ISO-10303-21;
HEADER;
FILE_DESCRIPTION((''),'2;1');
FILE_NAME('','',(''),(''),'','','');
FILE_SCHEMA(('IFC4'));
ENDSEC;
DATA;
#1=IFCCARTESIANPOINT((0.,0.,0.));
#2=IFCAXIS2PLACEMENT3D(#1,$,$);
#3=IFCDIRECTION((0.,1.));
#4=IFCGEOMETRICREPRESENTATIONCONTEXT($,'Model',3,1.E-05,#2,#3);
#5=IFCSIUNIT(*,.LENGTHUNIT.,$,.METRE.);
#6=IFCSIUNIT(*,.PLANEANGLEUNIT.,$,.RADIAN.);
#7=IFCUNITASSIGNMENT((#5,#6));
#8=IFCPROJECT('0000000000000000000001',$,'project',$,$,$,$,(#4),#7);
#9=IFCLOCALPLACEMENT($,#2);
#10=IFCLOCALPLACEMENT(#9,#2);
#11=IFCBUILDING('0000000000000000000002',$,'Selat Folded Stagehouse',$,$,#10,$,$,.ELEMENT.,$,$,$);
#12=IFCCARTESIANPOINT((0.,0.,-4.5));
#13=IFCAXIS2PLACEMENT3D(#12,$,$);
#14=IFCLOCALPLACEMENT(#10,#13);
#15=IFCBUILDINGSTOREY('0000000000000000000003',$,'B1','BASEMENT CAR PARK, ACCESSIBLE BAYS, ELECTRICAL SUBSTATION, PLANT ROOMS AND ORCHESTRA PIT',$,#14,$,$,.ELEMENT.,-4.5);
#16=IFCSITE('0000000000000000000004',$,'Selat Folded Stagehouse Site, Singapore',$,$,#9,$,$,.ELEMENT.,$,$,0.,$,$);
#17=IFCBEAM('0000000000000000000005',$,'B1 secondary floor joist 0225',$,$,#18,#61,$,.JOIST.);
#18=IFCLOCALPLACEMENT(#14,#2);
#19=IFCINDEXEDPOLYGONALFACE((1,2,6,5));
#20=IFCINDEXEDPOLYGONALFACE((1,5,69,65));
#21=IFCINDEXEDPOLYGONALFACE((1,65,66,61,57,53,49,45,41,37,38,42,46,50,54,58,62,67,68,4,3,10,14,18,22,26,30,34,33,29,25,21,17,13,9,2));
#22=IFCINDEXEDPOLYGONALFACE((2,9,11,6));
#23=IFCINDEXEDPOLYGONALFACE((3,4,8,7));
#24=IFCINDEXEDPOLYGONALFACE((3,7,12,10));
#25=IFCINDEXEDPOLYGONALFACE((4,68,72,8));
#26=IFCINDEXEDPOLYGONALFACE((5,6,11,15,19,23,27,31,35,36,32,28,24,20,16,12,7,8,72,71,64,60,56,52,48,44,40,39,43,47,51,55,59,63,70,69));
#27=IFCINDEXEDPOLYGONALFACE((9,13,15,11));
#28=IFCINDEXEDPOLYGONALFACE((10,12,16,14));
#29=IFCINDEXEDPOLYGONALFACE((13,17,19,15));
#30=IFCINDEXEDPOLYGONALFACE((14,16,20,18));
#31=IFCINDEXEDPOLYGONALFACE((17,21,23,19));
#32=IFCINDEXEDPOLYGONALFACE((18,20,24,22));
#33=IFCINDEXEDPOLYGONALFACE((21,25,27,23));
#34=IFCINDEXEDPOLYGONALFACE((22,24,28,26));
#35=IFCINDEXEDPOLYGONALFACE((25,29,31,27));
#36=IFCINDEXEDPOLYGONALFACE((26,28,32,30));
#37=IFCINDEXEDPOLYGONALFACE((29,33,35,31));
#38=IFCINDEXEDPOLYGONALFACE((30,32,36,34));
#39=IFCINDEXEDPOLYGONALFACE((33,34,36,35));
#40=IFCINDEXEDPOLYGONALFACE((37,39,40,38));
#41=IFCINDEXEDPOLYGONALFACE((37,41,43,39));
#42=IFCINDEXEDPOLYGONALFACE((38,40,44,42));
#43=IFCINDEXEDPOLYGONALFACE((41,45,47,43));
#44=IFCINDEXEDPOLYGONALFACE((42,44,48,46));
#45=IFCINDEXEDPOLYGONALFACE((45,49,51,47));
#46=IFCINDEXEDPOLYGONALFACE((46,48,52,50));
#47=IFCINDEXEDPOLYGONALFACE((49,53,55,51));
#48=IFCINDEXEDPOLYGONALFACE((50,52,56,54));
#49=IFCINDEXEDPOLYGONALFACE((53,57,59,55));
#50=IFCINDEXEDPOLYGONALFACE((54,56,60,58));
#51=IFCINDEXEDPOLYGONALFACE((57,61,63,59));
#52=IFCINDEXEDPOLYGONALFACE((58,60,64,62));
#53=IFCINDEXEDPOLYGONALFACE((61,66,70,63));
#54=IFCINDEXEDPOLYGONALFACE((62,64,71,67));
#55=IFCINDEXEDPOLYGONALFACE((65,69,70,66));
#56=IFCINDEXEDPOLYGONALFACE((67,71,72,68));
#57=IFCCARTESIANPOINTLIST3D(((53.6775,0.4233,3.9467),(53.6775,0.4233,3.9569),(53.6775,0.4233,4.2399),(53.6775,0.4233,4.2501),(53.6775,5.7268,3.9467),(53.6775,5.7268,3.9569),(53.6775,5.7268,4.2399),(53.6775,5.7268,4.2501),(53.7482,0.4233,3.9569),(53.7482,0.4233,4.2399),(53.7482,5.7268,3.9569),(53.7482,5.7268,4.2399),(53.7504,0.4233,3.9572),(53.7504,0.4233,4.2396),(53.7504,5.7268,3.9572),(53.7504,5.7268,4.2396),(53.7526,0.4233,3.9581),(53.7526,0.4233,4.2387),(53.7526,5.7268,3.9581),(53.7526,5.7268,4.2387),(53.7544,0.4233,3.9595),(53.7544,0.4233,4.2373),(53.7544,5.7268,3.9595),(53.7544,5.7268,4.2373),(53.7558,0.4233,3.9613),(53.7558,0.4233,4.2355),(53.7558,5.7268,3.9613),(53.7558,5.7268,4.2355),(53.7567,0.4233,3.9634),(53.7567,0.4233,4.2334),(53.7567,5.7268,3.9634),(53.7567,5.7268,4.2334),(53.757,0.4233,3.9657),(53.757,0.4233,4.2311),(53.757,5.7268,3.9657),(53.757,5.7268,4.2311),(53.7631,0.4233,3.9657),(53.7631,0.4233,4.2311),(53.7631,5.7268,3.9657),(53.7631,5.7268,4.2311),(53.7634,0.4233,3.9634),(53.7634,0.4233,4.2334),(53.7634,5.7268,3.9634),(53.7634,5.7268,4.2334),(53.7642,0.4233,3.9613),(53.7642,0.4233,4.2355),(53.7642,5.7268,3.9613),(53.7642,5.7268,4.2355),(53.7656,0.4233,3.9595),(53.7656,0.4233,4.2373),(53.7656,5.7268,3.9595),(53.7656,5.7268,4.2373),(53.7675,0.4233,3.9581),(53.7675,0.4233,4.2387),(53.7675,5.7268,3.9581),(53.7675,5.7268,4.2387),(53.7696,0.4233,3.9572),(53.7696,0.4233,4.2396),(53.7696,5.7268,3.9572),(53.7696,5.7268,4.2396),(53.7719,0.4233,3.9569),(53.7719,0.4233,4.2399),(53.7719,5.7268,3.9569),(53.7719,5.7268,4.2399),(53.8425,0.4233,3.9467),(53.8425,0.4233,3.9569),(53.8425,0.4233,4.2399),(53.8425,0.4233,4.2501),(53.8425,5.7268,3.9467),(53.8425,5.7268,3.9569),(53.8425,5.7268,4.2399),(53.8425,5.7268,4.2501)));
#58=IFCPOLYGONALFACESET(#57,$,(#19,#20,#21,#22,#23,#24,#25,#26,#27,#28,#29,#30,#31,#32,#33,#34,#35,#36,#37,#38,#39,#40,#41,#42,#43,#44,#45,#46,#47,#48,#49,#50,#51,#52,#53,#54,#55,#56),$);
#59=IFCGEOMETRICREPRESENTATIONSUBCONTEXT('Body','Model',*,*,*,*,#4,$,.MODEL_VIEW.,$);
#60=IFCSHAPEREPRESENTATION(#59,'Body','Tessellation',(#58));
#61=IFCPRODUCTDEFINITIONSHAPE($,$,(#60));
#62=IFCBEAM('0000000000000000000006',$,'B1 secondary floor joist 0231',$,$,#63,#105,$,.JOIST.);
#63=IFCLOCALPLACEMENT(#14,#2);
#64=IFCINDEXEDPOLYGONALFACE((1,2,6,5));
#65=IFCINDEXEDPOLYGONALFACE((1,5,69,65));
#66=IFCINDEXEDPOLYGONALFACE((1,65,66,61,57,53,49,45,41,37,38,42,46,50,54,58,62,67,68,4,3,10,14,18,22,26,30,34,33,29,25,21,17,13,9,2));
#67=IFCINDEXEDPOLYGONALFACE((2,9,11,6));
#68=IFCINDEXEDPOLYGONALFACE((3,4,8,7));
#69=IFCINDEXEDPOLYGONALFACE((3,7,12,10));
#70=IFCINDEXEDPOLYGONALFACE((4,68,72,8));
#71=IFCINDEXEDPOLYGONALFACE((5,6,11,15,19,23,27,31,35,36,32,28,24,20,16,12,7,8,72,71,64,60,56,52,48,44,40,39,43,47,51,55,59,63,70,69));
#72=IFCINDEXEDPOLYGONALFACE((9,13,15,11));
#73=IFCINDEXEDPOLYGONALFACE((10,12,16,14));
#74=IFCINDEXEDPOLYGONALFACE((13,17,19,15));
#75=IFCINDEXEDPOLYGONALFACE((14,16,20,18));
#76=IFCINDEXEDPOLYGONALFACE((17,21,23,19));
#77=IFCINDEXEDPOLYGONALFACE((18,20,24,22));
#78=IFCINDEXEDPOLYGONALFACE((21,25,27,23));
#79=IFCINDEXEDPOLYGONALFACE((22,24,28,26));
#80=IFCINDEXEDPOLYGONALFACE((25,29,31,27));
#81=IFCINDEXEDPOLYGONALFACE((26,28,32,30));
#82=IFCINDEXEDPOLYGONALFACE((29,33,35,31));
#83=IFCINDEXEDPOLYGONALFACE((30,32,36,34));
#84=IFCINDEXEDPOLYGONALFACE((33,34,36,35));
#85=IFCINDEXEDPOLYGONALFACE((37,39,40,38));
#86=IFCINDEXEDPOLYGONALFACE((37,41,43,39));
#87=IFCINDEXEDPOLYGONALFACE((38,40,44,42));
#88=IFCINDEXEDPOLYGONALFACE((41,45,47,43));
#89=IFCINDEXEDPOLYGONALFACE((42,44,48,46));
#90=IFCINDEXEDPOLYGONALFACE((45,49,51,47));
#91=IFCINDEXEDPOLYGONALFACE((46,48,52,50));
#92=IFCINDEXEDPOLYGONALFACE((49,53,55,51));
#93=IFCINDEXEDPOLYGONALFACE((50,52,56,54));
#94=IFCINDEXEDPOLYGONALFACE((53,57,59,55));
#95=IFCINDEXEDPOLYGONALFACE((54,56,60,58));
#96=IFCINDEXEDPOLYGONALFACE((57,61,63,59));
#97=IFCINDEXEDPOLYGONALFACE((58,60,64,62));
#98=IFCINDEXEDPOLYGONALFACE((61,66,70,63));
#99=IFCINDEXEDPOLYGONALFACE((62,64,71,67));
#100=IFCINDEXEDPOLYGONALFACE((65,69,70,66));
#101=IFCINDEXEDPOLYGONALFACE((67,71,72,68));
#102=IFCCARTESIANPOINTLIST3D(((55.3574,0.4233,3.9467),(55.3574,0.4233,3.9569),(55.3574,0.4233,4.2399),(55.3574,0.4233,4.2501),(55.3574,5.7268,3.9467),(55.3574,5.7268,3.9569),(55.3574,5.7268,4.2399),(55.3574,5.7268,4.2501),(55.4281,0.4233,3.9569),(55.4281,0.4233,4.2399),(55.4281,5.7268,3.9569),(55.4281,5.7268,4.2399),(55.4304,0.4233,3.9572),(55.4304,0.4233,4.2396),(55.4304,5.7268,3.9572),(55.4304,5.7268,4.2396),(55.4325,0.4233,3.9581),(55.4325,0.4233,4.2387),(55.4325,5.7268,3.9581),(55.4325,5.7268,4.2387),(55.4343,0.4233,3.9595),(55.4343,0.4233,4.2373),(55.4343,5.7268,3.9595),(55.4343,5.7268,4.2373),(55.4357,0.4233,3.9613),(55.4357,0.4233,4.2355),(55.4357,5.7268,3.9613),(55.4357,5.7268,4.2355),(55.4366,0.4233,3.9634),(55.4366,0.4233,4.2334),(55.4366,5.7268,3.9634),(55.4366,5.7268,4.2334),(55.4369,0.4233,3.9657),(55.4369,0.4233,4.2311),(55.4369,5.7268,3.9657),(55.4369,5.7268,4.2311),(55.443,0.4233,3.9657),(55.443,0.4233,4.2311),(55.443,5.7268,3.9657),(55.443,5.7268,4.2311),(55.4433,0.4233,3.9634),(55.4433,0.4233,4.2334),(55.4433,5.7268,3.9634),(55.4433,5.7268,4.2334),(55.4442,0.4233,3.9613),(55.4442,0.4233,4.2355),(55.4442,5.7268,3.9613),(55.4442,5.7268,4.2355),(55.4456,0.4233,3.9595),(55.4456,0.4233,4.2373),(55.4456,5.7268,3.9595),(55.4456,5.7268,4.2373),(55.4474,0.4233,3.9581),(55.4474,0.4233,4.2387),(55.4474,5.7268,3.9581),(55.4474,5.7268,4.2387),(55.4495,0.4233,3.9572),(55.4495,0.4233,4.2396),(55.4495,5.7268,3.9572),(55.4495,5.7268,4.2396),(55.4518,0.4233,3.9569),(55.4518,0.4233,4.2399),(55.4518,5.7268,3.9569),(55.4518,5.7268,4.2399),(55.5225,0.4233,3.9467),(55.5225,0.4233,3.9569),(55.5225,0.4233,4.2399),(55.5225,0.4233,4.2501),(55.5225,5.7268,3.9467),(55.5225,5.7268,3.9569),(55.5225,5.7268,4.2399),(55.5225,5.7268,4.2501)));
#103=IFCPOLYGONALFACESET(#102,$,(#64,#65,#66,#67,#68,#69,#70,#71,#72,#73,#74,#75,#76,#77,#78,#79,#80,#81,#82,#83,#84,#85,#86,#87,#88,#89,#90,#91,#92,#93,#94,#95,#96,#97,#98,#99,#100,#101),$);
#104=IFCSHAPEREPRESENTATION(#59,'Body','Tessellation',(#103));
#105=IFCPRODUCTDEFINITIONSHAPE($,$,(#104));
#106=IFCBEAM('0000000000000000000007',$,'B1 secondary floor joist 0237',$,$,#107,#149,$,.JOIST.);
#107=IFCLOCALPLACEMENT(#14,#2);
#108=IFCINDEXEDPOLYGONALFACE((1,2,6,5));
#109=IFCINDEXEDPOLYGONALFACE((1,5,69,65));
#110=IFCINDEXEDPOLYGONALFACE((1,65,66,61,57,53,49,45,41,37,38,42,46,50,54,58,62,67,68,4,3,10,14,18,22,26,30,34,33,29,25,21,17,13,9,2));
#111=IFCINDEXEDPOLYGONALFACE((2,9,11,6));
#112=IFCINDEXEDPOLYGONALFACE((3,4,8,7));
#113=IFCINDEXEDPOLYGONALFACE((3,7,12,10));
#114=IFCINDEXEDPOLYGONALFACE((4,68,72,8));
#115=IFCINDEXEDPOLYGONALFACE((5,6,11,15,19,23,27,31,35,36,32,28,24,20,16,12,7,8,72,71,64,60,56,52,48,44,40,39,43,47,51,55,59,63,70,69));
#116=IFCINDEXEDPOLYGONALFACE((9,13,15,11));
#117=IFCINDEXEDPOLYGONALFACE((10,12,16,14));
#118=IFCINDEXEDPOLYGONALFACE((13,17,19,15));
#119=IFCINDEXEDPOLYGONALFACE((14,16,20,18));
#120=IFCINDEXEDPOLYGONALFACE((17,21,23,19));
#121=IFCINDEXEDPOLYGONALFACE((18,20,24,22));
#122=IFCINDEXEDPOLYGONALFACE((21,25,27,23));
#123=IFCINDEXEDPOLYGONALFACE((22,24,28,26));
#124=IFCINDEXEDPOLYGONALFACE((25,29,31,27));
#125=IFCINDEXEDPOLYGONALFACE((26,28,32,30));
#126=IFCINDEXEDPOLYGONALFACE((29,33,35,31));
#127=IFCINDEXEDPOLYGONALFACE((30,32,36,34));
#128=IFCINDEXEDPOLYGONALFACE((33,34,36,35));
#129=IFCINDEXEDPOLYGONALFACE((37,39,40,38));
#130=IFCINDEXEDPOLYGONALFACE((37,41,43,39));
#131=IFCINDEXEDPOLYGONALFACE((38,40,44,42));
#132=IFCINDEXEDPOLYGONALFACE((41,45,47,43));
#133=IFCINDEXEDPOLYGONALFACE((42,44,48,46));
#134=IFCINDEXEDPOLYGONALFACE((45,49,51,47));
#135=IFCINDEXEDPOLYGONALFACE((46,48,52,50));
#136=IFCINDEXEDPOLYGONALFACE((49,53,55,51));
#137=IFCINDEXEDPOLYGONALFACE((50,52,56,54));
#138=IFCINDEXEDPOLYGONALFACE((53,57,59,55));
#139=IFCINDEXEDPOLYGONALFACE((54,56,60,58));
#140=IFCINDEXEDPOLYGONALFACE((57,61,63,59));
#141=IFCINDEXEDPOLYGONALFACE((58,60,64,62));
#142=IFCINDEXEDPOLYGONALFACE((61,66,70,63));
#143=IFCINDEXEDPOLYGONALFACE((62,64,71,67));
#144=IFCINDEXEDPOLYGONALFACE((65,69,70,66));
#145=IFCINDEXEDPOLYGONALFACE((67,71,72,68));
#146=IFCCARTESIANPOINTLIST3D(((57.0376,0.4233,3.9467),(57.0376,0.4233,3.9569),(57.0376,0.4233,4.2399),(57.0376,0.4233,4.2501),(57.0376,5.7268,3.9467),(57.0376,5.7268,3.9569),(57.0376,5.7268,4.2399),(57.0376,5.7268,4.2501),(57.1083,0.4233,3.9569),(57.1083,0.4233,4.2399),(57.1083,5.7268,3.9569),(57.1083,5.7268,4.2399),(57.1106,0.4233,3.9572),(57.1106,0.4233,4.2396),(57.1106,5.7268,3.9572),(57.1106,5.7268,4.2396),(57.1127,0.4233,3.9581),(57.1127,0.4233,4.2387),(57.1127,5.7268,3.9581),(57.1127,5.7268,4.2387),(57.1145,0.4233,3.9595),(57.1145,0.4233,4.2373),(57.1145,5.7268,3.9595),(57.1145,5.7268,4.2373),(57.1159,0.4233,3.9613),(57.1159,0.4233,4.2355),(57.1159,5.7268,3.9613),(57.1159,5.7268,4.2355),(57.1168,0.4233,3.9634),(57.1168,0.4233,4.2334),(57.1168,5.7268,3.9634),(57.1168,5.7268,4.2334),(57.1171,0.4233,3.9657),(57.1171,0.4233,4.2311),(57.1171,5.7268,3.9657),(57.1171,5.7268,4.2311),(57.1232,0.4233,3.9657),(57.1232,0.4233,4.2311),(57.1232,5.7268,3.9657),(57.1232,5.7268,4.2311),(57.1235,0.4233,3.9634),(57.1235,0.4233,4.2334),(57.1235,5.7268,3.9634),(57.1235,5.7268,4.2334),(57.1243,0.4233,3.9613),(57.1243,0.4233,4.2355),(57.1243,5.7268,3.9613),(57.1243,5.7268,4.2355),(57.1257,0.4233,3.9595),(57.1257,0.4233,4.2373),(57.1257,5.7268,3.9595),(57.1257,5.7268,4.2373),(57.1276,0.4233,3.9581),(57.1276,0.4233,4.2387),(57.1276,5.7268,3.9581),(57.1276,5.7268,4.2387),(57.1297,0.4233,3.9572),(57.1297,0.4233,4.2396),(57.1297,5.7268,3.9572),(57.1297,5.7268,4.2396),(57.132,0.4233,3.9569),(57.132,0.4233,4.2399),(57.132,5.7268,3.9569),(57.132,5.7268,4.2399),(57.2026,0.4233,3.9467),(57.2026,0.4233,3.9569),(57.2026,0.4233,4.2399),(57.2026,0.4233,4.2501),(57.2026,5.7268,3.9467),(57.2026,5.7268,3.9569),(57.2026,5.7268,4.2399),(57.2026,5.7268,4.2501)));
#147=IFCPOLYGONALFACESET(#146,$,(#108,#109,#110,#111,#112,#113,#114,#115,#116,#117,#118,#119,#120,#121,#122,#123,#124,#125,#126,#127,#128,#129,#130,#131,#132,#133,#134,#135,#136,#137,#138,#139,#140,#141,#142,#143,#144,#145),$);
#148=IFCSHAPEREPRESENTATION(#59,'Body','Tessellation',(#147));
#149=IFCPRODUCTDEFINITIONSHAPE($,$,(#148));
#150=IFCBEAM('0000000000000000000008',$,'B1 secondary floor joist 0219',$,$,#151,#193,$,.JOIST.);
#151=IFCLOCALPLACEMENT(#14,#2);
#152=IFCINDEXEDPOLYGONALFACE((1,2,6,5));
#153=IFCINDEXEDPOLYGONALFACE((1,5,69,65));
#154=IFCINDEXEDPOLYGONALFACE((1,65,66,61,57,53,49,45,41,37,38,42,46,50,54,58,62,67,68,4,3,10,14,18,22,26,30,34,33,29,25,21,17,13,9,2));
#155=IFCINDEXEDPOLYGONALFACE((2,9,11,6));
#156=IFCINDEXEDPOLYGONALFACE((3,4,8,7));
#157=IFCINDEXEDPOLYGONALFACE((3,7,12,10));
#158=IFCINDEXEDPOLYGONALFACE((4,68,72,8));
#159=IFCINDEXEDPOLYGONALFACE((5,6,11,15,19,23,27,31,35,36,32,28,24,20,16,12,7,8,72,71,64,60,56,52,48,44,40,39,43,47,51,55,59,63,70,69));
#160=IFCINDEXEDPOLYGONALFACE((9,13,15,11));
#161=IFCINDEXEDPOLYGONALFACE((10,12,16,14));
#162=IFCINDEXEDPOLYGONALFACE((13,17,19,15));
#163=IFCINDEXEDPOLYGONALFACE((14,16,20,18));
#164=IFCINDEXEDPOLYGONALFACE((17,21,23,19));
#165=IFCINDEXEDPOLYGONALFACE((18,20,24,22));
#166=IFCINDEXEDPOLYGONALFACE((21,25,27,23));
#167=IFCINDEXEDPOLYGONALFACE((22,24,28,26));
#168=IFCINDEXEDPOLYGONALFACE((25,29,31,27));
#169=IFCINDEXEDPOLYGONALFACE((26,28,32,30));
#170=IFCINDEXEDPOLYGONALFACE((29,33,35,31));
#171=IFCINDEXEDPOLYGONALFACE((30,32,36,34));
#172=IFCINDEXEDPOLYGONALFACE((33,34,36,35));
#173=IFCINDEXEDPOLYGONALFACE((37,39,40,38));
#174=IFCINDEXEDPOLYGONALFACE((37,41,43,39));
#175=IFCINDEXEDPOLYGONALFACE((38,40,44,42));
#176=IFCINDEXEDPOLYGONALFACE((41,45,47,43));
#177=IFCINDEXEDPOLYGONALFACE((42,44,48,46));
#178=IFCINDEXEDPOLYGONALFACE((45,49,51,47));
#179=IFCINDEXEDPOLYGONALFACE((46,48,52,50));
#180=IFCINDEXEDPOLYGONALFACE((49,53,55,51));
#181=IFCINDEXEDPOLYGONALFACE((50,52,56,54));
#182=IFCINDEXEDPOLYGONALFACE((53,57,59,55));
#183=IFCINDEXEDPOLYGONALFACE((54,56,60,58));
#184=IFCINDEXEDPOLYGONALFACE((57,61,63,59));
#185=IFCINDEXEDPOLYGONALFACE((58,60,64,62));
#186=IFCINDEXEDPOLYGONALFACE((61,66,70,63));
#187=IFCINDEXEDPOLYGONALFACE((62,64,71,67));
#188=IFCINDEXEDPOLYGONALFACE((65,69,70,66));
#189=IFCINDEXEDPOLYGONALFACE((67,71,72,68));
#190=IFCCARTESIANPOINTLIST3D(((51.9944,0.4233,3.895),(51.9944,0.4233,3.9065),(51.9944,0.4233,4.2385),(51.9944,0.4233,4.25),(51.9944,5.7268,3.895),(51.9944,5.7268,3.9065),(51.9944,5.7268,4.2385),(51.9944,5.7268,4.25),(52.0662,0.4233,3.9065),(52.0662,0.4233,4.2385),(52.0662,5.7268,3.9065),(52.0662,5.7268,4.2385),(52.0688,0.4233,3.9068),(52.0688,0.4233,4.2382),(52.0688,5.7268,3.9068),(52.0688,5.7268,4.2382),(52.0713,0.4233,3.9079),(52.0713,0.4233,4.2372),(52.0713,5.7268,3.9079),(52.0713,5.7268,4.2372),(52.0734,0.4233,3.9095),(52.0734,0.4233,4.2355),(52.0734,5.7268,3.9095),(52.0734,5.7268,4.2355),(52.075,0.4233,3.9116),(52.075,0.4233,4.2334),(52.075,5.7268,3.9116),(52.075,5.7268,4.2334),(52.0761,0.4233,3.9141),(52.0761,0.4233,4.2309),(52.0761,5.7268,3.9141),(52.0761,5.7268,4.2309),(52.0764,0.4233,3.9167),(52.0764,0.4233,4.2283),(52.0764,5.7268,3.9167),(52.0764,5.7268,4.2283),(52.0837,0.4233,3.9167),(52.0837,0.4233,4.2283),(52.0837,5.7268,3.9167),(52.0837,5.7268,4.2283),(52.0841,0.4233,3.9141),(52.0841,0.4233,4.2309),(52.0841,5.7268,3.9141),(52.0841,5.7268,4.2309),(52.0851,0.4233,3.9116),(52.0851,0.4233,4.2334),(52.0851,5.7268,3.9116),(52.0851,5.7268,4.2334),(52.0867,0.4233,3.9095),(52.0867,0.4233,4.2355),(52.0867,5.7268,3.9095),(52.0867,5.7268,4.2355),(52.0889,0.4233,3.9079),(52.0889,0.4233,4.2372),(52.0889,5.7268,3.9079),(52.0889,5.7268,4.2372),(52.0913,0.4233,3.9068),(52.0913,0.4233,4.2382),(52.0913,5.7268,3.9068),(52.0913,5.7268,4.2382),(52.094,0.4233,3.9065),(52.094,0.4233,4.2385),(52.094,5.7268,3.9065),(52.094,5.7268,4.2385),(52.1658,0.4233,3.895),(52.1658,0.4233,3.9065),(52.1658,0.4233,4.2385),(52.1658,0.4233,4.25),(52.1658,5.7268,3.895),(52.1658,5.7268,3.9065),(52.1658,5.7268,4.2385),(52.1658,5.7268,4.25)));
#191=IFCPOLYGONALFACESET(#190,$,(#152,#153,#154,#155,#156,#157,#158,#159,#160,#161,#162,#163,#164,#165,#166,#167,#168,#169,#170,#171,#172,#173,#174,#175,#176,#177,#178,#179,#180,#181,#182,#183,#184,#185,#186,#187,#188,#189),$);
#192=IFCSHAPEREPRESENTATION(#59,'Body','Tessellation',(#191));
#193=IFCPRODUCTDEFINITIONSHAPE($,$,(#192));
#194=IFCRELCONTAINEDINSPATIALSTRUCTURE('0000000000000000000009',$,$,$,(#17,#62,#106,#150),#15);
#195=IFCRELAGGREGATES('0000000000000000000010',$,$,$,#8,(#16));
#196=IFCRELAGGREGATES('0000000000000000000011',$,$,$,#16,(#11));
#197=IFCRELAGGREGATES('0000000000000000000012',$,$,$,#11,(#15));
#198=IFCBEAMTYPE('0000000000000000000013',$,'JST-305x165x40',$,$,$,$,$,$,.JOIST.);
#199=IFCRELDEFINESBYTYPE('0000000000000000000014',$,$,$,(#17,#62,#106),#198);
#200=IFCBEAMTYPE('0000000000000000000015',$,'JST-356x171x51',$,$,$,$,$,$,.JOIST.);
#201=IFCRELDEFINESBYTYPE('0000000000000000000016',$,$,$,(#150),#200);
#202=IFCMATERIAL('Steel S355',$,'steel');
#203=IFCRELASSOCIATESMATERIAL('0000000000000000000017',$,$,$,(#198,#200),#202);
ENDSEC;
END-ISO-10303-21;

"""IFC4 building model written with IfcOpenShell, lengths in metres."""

from ifc_helpers import new_model, si_unit, direction, frame, origin, origin_2d, place, context, subcontext, project, spatial, i_section, extrude, material, material_profile, profile_set, type_object, element, save


model = new_model("IFC4")

# Units and contexts
model_context = context("Model", 3, precision=1e-05, world=origin(), true_north=direction((0.0, 1.0)))
body_context = subcontext(model_context, "Body", "Model", "MODEL_VIEW")
ifc_project = project(units=[si_unit("LENGTHUNIT", "METRE"), si_unit("PLANEANGLEUNIT", "RADIAN")], contexts=[model_context])

# Site, building, storey
site_placement = place(None, origin())
site = spatial("IfcSite", under=ifc_project, at=site_placement, Name="Selat Folded Stagehouse Site, Singapore", CompositionType="ELEMENT", RefElevation=0.0)
building_placement = place(site_placement, origin())
building = spatial("IfcBuilding", under=site, at=building_placement, Name="Selat Folded Stagehouse", CompositionType="ELEMENT")
storey_placement = place(building_placement, frame((0.0, 0.0, -4.5)))
storey = spatial("IfcBuildingStorey", under=building, at=storey_placement, Name="B1", Description="BASEMENT CAR PARK, ACCESSIBLE BAYS, ELECTRICAL SUBSTATION, PLANT ROOMS AND ORCHESTRA PIT", CompositionType="ELEMENT", Elevation=-4.5)

# Shared definitions
ifc_material_1 = material(Name="Steel S355", Category="steel")

# Beams
ifc_material_profile_1 = material_profile(ifc_material_1, i_section(OverallWidth=0.165, OverallDepth=0.3035, WebThickness=0.0061, FlangeThickness=0.0103, FilletRadius=0.0088, at=origin_2d()), Name="UKB 305x165x40")
ifc_profile_set_1 = profile_set([ifc_material_profile_1], Name="Steel S355")
beam_type_1 = type_object("IfcBeamType", Name="JST-305x165x40", PredefinedType="JOIST", material=ifc_profile_set_1)
for number, where, z_axis, x_axis, name in (
    (1, (53.76, 0.4233, 4.0984), (0.0, 1.0, 0.0), (-1.0, 0.0, 0.0), "B1 secondary floor joist 0225"),
    (2, (55.4399, 0.4233, 4.0984), (0.0, 1.0, 0.0), (-1.0, 0.0, 0.0), "B1 secondary floor joist 0231"),
    (3, (57.1201, 0.4233, 4.0984), (0.0, 1.0, 0.0), (-1.0, 0.0, 0.0), "B1 secondary floor joist 0237"),
):
    element("IfcBeam", number, at=place(storey_placement, frame(where, z_axis=z_axis, x_axis=x_axis)), inside=storey, type_object=beam_type_1, Name=name, PredefinedType="JOIST", context=body_context, shape_type="SweptSolid", body=[
        extrude(i_section(OverallWidth=0.165, OverallDepth=0.3035, WebThickness=0.0061, FlangeThickness=0.0103, FilletRadius=0.0088, at=origin_2d()), origin(), (0.0, 0.0, 1.0), 5.3035),
    ])
ifc_material_profile_2 = material_profile(ifc_material_1, i_section(OverallWidth=0.1714, OverallDepth=0.355, WebThickness=0.0073, FlangeThickness=0.0115, FilletRadius=0.0103, at=origin_2d()), Name="UKB 356x171x51")
ifc_profile_set_2 = profile_set([ifc_material_profile_2], Name="Steel S355")
beam_type_2 = type_object("IfcBeamType", Name="JST-356x171x51", PredefinedType="JOIST", material=ifc_profile_set_2)
beam_1_placement = place(storey_placement, frame((52.0801, 0.4233, 4.0725), z_axis=(0.0, 1.0, 0.0), x_axis=(-1.0, 0.0, 0.0)))
element("IfcBeam", 4, at=beam_1_placement, inside=storey, type_object=beam_type_2, Name="B1 secondary floor joist 0219", PredefinedType="JOIST", context=body_context, shape_type="SweptSolid", body=[
    extrude(i_section(OverallWidth=0.1714, OverallDepth=0.355, WebThickness=0.0073, FlangeThickness=0.0115, FilletRadius=0.0103, at=origin_2d()), origin(), (0.0, 0.0, 1.0), 5.3035),
])

save(model, "model.ifc")
